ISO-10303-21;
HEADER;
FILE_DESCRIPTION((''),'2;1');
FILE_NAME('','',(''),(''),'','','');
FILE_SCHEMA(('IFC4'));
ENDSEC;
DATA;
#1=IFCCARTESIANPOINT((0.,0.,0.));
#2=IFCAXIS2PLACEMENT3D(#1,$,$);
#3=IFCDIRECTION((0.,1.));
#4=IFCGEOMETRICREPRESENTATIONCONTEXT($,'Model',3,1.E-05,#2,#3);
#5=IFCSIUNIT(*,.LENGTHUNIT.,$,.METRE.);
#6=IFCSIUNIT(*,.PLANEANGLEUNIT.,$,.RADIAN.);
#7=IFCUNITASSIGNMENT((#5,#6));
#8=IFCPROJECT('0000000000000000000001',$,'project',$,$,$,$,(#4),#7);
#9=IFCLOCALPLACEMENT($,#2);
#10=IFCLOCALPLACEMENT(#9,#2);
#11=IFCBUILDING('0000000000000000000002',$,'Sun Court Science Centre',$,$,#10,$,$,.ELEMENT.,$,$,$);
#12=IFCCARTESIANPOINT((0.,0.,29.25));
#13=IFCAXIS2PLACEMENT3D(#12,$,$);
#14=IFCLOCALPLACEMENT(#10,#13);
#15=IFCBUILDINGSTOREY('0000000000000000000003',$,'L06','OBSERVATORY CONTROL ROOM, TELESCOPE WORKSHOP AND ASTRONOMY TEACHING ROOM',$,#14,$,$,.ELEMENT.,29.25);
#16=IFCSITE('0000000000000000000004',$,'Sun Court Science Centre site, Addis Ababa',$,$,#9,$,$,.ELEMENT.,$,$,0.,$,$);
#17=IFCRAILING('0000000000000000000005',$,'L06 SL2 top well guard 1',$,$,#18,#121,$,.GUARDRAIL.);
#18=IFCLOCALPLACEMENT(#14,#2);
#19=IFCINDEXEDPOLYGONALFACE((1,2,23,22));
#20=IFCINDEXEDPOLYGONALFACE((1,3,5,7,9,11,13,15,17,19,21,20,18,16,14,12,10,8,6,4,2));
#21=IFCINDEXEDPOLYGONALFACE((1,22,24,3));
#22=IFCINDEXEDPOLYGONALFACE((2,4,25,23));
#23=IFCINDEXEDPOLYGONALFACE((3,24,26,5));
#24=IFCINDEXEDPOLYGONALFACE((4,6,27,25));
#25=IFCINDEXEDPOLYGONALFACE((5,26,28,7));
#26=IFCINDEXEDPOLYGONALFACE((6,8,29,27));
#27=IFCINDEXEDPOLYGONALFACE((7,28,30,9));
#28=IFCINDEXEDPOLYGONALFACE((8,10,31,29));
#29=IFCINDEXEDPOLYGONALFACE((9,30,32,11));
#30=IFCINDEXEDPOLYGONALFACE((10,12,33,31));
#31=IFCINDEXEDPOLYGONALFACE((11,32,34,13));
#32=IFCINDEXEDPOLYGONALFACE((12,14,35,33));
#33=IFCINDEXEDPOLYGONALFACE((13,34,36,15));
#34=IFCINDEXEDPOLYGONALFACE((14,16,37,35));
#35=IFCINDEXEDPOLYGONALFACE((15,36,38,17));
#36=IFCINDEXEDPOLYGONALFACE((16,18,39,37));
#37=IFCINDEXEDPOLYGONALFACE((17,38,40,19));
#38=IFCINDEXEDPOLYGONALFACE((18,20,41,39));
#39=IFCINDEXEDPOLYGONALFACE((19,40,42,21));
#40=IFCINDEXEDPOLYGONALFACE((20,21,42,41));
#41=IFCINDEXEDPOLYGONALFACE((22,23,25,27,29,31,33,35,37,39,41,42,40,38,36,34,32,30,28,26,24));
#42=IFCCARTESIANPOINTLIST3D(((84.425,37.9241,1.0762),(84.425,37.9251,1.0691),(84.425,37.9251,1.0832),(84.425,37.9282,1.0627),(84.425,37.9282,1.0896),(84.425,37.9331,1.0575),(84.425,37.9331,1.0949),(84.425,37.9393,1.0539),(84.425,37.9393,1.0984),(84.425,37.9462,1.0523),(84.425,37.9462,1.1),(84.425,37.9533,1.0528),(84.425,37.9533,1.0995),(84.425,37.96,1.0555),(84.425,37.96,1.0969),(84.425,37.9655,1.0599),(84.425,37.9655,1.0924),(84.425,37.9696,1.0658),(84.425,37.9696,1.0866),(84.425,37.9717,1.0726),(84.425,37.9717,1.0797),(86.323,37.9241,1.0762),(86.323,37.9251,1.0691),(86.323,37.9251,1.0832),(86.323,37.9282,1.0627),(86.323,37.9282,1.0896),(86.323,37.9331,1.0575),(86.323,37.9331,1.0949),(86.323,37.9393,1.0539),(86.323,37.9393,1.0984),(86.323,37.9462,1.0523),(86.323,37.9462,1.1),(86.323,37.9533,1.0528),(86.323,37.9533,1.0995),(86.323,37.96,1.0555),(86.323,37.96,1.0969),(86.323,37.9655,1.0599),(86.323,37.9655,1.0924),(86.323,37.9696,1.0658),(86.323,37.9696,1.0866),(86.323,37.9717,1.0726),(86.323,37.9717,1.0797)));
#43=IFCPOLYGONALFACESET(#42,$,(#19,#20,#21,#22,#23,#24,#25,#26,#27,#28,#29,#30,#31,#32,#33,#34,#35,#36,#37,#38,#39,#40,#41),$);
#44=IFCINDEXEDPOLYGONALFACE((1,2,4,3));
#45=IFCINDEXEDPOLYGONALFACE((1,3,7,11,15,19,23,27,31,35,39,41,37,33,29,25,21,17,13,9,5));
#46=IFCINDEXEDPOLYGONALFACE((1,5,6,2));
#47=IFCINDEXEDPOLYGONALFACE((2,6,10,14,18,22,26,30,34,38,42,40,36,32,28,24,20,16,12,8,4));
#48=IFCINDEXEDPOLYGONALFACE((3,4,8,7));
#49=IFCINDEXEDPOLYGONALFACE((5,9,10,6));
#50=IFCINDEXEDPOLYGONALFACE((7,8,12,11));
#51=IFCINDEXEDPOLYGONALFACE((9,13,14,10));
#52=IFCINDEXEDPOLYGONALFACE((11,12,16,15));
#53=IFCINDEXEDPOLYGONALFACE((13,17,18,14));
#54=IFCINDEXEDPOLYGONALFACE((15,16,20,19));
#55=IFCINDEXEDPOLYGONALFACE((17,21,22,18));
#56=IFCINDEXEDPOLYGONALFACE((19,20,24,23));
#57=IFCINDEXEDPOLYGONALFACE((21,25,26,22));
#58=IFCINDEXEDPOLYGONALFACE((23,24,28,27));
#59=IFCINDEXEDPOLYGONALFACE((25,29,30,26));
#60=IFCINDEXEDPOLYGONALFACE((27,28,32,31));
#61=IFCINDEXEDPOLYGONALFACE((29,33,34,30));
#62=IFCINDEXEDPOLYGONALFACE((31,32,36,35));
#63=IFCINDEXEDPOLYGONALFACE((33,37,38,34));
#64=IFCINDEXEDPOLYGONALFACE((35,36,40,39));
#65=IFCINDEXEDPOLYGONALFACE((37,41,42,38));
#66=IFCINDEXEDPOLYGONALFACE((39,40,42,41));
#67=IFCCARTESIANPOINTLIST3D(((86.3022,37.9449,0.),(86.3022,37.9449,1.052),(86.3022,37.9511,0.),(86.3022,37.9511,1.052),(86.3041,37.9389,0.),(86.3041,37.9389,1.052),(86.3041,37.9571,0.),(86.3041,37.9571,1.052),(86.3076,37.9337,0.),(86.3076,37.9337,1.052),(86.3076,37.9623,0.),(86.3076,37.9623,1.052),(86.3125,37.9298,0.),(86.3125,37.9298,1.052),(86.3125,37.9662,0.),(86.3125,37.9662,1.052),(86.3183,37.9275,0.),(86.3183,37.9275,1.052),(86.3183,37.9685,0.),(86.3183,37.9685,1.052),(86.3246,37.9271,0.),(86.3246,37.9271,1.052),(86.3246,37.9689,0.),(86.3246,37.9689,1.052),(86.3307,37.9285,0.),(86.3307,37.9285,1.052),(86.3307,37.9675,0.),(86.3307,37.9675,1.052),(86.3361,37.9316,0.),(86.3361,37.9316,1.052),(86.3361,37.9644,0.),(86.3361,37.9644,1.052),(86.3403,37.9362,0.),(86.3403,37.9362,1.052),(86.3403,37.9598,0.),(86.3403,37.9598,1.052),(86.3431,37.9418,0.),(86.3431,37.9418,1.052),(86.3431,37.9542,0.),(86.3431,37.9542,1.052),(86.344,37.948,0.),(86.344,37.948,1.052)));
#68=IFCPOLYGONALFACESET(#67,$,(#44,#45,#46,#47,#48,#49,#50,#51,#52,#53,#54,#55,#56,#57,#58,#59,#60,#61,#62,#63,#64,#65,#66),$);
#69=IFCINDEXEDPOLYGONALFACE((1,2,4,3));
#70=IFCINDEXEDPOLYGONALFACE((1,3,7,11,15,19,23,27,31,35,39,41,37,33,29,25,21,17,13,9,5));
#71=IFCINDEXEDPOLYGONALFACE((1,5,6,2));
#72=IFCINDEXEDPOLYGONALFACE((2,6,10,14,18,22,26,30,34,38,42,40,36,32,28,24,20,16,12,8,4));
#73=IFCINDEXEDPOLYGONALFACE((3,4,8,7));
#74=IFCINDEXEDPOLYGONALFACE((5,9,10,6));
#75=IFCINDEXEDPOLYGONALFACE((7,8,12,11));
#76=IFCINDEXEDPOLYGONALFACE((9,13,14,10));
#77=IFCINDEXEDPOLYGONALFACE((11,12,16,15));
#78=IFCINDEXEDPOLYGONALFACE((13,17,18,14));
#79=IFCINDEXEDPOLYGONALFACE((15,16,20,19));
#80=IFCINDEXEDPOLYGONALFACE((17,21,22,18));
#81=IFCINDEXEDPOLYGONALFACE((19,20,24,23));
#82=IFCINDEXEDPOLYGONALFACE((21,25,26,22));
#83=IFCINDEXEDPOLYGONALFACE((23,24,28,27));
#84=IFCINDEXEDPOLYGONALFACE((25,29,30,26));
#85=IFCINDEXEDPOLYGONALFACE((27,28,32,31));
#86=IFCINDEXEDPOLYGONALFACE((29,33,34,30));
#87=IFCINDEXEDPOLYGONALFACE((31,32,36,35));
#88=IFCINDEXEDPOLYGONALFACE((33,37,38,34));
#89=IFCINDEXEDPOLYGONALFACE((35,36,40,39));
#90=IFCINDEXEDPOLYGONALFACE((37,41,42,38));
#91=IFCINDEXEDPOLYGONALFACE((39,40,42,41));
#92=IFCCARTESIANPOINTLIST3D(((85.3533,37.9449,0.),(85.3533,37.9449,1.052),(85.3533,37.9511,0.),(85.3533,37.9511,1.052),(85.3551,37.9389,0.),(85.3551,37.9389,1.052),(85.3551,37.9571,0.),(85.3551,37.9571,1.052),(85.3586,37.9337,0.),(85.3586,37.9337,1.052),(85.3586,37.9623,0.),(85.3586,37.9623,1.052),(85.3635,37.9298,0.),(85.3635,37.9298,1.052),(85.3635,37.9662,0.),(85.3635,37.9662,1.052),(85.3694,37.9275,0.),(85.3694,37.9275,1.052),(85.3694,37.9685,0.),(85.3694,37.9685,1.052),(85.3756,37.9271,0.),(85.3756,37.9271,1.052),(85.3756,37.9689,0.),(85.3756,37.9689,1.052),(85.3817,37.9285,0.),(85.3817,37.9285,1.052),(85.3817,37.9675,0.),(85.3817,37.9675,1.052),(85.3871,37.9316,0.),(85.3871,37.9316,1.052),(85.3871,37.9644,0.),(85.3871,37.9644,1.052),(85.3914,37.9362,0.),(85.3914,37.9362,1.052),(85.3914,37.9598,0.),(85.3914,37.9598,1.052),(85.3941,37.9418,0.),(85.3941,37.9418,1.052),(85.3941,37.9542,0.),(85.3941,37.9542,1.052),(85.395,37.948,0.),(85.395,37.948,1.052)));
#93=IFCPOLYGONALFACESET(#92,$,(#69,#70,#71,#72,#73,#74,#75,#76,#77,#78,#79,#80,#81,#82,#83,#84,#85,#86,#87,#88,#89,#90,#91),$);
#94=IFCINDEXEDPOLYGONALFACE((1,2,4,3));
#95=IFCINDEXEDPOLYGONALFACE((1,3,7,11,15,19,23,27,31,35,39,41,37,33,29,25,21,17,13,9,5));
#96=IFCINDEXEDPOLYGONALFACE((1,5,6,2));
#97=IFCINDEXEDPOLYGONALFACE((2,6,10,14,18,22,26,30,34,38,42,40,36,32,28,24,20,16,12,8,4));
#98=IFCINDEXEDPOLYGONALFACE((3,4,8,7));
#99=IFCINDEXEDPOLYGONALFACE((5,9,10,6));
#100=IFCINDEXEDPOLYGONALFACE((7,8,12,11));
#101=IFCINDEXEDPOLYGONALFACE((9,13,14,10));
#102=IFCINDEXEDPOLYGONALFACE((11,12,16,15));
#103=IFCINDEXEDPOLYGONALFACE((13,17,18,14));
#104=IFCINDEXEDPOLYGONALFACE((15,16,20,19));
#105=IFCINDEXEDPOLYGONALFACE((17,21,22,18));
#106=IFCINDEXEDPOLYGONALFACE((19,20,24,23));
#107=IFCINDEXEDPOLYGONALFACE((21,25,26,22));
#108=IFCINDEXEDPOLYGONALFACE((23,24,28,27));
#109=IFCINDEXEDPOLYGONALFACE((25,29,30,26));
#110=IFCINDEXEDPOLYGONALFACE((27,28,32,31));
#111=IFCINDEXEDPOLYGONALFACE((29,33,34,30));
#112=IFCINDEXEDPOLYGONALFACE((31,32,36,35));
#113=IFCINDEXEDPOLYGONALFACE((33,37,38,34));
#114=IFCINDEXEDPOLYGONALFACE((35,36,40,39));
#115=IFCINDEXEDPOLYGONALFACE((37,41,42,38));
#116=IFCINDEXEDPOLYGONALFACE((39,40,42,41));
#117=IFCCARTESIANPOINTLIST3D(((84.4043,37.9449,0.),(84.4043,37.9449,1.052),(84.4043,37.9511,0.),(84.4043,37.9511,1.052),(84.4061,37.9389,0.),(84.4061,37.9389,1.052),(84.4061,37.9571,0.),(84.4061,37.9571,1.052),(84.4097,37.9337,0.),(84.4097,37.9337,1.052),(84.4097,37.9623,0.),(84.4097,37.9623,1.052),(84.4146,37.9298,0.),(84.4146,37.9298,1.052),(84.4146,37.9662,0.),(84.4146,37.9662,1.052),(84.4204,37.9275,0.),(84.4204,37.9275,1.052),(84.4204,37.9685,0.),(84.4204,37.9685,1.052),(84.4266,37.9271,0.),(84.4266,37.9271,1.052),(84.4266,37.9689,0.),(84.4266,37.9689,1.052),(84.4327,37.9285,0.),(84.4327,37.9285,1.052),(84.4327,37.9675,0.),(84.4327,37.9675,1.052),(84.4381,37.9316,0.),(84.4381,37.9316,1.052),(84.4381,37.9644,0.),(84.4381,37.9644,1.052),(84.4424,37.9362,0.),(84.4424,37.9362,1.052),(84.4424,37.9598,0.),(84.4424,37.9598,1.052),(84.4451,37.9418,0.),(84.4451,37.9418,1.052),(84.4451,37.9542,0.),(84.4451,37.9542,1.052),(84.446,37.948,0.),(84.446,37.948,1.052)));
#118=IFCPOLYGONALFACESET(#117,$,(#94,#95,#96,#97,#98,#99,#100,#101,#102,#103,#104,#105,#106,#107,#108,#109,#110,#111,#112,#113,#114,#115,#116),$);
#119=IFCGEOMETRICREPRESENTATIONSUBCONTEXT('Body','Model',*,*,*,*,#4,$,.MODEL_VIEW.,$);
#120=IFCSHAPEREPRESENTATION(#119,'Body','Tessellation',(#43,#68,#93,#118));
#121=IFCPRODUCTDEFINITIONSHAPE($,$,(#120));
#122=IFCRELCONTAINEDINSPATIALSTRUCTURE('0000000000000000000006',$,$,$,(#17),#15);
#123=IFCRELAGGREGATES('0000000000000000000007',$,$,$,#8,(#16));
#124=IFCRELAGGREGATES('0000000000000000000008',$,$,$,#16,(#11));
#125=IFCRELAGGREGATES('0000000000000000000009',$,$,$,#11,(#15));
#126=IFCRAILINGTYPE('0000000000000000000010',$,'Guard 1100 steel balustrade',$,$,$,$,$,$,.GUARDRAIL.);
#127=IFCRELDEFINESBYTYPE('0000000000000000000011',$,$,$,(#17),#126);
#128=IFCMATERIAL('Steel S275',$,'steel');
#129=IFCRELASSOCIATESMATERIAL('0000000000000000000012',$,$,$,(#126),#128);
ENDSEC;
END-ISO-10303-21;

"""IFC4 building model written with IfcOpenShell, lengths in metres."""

from ifc_helpers import new_model, si_unit, direction, frame, origin, origin_2d, place, context, subcontext, project, spatial, circle, extrude, material, type_object, element, save


model = new_model("IFC4")

# Units and contexts
model_context = context("Model", 3, precision=1e-05, world=origin(), true_north=direction((0.0, 1.0)))
body_context = subcontext(model_context, "Body", "Model", "MODEL_VIEW")
ifc_project = project(units=[si_unit("LENGTHUNIT", "METRE"), si_unit("PLANEANGLEUNIT", "RADIAN")], contexts=[model_context])

# Site, building, storey
site_placement = place(None, origin())
site = spatial("IfcSite", under=ifc_project, at=site_placement, Name="Sun Court Science Centre site, Addis Ababa", CompositionType="ELEMENT", RefElevation=0.0)
building_placement = place(site_placement, origin())
building = spatial("IfcBuilding", under=site, at=building_placement, Name="Sun Court Science Centre", CompositionType="ELEMENT")
storey_placement = place(building_placement, frame((0.0, 0.0, 29.25)))
storey = spatial("IfcBuildingStorey", under=building, at=storey_placement, Name="L06", Description="OBSERVATORY CONTROL ROOM, TELESCOPE WORKSHOP AND ASTRONOMY TEACHING ROOM", CompositionType="ELEMENT", Elevation=29.25)

# Railing
ifc_material_1 = material(Name="Steel S275", Category="steel")
railing_type = type_object("IfcRailingType", Name="Guard 1100 steel balustrade", PredefinedType="GUARDRAIL", material=ifc_material_1)
railing_1_placement = place(storey_placement, frame((86.323, 37.948, 0.0)))
element("IfcRailing", 1, at=railing_1_placement, inside=storey, type_object=railing_type, Name="L06 SL2 top well guard 1", PredefinedType="GUARDRAIL", context=body_context, shape_type="SweptSolid", body=[
    extrude(circle(Radius=0.0239, at=origin_2d()), frame((0.0, 0.0, 1.0762), z_axis=(-1.0, 0.0, 0.0), x_axis=(0.0, -1.0, 0.0)), (0.0, 0.0, 1.0), 1.8979),
    extrude(circle(Radius=0.021, at=origin_2d()), origin(), (0.0, 0.0, 1.0), 1.052),
    extrude(circle(Radius=0.021, at=origin_2d()), frame((-0.949, 0.0, 0.0)), (0.0, 0.0, 1.0), 1.052),
    extrude(circle(Radius=0.021, at=origin_2d()), frame((-1.8979, 0.0, 0.0)), (0.0, 0.0, 1.0), 1.052),
])

save(model, "model.ifc")
